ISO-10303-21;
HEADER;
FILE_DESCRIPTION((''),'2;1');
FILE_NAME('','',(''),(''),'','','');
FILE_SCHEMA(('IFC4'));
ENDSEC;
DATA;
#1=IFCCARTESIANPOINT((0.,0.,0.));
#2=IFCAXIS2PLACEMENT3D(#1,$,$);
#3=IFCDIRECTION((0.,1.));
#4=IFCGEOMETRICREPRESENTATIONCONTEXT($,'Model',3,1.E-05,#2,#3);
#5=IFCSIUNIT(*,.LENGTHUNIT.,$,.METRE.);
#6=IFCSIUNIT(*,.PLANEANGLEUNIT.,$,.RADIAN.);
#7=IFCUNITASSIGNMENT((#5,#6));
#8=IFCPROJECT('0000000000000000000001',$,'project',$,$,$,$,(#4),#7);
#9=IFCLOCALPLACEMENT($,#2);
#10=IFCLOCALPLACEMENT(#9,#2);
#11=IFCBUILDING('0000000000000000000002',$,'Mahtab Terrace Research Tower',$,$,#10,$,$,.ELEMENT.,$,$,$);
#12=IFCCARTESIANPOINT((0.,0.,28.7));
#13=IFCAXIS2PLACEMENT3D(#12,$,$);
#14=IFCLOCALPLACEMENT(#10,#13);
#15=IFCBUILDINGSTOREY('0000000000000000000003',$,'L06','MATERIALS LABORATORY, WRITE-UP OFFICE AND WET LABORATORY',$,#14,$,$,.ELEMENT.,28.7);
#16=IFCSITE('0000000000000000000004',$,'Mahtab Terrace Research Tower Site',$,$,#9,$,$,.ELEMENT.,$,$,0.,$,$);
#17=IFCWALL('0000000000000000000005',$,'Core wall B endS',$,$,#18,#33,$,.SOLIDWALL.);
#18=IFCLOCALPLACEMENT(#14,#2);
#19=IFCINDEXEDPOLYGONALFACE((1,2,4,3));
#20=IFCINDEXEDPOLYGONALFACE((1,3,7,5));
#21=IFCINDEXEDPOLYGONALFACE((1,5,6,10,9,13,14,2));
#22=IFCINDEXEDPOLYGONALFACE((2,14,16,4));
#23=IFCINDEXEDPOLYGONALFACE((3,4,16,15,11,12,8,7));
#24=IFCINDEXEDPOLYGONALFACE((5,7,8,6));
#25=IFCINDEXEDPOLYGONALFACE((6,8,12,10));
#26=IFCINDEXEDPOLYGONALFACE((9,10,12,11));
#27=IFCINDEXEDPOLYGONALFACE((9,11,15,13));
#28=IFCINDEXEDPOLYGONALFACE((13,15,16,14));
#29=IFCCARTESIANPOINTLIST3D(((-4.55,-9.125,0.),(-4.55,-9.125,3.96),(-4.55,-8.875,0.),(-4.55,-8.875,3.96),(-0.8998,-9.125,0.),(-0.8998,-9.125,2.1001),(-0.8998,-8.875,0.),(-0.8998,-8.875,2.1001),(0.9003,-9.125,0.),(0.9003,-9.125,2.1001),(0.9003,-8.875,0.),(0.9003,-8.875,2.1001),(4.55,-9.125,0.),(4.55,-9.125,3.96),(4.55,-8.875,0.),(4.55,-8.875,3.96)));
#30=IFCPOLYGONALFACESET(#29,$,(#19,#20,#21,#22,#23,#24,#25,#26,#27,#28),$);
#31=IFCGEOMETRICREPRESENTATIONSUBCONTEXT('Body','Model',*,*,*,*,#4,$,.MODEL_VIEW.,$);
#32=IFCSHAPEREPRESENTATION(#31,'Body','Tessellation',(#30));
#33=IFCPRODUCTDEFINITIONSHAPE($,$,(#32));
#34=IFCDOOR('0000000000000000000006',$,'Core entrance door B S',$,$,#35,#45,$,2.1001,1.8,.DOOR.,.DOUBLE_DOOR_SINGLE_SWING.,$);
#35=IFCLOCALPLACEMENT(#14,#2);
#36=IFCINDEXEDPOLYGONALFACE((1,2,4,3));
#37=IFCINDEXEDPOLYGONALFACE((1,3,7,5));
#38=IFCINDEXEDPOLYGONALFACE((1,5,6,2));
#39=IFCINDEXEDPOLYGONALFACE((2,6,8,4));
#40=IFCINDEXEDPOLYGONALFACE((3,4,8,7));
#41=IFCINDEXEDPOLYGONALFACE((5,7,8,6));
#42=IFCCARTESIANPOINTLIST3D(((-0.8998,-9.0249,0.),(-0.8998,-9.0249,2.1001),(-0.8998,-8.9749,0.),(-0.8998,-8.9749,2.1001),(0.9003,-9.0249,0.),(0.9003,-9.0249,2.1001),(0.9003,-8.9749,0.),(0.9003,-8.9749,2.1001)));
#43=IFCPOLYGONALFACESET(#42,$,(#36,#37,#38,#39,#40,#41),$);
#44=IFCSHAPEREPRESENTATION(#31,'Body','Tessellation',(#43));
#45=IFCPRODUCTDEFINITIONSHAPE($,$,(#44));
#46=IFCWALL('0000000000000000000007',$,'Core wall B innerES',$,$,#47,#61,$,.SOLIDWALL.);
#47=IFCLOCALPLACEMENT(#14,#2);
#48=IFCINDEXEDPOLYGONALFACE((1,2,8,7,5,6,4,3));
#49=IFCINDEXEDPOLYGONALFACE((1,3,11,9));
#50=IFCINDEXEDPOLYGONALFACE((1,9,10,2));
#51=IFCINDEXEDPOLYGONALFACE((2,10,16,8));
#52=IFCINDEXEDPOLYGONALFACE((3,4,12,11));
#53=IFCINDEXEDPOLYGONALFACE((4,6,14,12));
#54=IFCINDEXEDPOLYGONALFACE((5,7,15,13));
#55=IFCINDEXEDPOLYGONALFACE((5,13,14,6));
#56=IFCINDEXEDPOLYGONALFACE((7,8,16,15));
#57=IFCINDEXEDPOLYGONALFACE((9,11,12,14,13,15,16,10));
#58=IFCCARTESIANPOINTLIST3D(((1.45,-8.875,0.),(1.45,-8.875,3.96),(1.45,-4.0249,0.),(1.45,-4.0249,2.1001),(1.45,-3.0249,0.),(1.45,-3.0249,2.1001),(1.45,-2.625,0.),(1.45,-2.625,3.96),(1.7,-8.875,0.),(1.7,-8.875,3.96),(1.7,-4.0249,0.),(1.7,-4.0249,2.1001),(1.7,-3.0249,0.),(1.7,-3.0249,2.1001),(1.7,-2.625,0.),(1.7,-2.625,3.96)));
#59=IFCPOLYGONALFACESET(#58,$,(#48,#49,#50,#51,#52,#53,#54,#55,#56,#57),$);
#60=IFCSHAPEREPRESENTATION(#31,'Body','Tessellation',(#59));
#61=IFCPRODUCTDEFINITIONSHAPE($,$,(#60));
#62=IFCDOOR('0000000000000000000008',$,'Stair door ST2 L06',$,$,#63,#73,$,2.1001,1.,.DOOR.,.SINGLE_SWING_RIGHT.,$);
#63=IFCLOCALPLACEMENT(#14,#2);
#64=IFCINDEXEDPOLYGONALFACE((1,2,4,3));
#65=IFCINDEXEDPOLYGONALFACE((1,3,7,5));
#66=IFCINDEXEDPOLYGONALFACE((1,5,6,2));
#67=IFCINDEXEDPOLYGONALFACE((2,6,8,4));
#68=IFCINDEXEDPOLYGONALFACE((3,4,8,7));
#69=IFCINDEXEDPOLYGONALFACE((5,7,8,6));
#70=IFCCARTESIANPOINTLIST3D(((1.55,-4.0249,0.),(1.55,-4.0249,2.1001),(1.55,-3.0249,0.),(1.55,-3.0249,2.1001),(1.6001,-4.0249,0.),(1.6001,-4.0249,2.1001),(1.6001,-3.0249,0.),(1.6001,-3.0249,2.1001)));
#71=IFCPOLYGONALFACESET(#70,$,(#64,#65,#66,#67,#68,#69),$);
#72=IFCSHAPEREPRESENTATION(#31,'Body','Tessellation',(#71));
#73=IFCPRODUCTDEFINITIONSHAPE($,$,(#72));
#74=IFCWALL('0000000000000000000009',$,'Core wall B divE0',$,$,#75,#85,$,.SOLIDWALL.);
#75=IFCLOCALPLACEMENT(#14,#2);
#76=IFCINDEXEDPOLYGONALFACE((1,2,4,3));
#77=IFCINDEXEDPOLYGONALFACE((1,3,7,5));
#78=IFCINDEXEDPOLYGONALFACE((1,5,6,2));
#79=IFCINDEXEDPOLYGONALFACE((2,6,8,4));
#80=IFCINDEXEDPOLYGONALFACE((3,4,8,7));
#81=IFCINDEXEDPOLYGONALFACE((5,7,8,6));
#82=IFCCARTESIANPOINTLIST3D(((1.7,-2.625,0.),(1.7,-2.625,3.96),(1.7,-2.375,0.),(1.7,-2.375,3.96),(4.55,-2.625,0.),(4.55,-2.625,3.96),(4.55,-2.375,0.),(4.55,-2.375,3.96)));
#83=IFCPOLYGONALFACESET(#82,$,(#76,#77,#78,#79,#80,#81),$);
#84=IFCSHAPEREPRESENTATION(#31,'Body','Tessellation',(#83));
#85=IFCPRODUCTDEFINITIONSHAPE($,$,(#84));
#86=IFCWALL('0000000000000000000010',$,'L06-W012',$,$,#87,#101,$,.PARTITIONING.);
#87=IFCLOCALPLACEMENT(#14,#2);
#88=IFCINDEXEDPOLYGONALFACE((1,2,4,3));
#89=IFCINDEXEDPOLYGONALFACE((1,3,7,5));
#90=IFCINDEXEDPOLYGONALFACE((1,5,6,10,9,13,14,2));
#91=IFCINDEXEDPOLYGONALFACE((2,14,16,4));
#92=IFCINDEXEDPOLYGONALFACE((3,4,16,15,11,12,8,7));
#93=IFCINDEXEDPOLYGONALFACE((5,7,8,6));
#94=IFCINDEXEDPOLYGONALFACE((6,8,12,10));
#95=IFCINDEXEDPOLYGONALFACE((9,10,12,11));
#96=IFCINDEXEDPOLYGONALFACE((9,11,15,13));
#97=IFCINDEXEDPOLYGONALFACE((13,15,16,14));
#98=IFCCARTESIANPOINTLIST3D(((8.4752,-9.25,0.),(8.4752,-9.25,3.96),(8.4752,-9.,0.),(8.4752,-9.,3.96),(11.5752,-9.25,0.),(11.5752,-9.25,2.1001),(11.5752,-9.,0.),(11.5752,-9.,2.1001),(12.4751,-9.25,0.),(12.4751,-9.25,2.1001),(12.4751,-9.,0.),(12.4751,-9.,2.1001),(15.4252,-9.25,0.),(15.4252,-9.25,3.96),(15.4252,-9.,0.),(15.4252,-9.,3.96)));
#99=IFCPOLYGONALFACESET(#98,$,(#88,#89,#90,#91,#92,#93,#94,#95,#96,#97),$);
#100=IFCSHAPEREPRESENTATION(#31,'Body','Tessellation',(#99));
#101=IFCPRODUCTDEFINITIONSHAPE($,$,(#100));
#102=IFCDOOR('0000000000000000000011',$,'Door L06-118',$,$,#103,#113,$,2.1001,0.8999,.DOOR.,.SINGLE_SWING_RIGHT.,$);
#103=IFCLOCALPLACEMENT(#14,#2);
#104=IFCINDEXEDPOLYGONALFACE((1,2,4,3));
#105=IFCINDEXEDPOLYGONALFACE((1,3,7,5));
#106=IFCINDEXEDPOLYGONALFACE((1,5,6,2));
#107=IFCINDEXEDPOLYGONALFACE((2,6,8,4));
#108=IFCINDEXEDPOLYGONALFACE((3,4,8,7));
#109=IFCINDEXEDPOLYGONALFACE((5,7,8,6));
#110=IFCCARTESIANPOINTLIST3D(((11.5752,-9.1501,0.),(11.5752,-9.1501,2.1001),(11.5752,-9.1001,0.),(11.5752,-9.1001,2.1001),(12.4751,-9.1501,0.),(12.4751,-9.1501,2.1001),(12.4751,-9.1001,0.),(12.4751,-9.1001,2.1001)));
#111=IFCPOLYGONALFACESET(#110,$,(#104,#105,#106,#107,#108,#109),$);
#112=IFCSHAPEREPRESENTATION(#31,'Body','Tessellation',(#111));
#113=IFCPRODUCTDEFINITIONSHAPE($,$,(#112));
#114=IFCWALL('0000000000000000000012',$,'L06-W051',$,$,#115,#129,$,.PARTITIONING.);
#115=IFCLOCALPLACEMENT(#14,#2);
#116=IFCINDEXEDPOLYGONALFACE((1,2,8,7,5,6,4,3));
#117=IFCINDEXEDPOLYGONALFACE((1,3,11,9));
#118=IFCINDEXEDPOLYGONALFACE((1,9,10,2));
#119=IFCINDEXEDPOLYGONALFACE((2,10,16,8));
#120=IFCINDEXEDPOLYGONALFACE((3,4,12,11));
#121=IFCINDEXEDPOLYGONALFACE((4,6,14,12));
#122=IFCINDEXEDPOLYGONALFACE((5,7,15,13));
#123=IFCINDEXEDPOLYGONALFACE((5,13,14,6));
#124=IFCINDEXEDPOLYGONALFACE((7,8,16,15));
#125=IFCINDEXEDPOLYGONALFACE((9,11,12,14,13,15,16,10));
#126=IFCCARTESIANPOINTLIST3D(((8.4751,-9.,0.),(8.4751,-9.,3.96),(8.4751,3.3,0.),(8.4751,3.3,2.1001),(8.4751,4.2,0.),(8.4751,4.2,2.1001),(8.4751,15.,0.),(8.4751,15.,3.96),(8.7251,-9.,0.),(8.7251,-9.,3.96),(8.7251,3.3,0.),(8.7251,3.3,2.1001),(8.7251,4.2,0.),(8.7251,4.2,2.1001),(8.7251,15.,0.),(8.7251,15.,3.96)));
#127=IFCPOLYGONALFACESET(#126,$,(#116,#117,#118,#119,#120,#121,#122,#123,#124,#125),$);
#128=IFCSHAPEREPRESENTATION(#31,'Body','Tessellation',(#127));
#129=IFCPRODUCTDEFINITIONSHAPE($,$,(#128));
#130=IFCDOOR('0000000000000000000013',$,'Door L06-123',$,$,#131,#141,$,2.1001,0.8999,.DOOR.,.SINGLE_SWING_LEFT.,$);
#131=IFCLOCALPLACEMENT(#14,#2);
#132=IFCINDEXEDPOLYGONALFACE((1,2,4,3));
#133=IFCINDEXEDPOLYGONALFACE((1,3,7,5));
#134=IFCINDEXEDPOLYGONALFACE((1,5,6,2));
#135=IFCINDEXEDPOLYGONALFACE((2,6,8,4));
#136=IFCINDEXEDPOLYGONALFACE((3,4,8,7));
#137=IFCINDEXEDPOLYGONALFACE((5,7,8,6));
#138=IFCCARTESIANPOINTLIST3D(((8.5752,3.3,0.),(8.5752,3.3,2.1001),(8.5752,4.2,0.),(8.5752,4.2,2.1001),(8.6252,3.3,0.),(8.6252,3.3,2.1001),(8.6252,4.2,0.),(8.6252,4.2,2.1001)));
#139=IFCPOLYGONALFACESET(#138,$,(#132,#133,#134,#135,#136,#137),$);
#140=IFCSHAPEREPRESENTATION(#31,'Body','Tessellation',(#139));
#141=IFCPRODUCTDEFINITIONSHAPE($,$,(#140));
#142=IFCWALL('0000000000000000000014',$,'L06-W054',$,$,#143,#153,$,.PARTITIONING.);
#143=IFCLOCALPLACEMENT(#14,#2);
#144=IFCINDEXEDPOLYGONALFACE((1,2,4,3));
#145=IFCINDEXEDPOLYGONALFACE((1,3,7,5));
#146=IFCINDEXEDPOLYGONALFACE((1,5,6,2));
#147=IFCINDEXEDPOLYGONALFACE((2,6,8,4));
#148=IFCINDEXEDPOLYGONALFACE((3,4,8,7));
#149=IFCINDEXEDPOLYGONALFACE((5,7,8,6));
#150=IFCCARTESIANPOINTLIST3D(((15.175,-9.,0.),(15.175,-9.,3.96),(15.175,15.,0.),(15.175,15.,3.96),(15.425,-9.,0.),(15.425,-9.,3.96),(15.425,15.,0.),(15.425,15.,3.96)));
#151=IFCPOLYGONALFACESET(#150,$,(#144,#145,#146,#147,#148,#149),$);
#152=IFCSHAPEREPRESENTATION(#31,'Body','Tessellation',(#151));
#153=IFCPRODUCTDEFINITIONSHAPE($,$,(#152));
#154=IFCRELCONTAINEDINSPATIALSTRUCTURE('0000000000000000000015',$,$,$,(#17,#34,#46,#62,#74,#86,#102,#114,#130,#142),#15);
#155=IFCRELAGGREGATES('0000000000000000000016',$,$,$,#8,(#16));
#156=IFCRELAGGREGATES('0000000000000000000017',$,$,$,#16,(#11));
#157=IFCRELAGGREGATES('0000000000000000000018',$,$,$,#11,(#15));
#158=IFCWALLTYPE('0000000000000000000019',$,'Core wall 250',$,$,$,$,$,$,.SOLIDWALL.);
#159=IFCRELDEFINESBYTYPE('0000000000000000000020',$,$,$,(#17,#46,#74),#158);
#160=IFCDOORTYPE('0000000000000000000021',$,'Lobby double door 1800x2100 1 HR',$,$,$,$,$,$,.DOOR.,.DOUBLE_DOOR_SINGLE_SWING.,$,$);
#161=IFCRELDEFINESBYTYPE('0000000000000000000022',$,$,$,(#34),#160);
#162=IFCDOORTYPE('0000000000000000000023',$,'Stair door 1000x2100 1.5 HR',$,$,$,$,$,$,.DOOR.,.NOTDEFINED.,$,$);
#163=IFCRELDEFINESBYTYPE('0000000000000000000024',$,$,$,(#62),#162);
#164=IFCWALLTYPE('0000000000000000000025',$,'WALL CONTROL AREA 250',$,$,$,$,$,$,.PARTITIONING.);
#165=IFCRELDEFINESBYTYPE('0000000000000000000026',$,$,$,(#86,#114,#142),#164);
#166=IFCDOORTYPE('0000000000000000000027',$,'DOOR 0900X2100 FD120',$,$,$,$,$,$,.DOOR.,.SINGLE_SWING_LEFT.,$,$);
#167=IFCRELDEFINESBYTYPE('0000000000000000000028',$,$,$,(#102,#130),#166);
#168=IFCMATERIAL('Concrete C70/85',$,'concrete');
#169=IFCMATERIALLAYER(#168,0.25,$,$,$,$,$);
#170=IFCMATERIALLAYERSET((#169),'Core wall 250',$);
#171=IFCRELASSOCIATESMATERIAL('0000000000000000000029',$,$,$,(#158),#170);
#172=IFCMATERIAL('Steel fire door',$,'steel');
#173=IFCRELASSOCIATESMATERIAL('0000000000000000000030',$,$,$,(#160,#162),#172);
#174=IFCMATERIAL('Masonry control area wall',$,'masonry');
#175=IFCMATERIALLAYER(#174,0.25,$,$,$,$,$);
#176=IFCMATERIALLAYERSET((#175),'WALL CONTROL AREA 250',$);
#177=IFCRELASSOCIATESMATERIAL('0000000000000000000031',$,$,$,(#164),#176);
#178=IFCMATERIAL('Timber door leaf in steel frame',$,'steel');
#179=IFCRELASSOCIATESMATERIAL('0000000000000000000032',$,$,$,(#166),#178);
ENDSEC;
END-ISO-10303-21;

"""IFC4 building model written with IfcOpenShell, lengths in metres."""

from ifc_helpers import new_model, si_unit, direction, frame, frame_2d, origin, place, context, subcontext, project, spatial, rectangle, extrude, material, layer, layer_set, type_object, element, fill, save


model = new_model("IFC4")

# Units and contexts
model_context = context("Model", 3, precision=1e-05, world=origin(), true_north=direction((0.0, 1.0)))
body_context = subcontext(model_context, "Body", "Model", "MODEL_VIEW")
ifc_project = project(units=[si_unit("LENGTHUNIT", "METRE"), si_unit("PLANEANGLEUNIT", "RADIAN")], contexts=[model_context])

# Site, building, storey
site_placement = place(None, origin())
site = spatial("IfcSite", under=ifc_project, at=site_placement, Name="Mahtab Terrace Research Tower Site", CompositionType="ELEMENT", RefElevation=0.0)
building_placement = place(site_placement, origin())
building = spatial("IfcBuilding", under=site, at=building_placement, Name="Mahtab Terrace Research Tower", CompositionType="ELEMENT")
storey_placement = place(building_placement, frame((0.0, 0.0, 28.7)))
storey = spatial("IfcBuildingStorey", under=building, at=storey_placement, Name="L06", Description="MATERIALS LABORATORY, WRITE-UP OFFICE AND WET LABORATORY", CompositionType="ELEMENT", Elevation=28.7)

# Shared definitions
ifc_material_1 = material(Name="Concrete C70/85", Category="concrete")

# Shared definitions
ifc_layer_1 = layer(ifc_material_1, 0.25)
ifc_layer_set_1 = layer_set([ifc_layer_1], Name="Core wall 250")
wall_type_1 = type_object("IfcWallType", Name="Core wall 250", PredefinedType="SOLIDWALL", material=ifc_layer_set_1)

# Walls, openings, doors
wall_1_placement = place(storey_placement, frame((4.55, -9.0, 0.0), z_axis=(0.0, 0.0, 1.0), x_axis=(-1.0, 0.0, 0.0)))
wall_1 = element("IfcWall", 1, at=wall_1_placement, inside=storey, type_object=wall_type_1, Name="Core wall B endS", PredefinedType="SOLIDWALL", context=body_context, shape_type="SweptSolid", body=[
    extrude(rectangle(XDim=9.1001, YDim=0.25, at=frame_2d((4.55, 0.0))), origin(), (0.0, 0.0, 1.0), 3.96),
])
opening_1_placement = place(wall_1_placement, frame((3.6499, 0.0, 0.0)))
opening_1 = element("IfcOpeningElement", 2, at=opening_1_placement, cuts=wall_1, PredefinedType="OPENING", context=body_context, shape_type="SweptSolid", body=[
    extrude(rectangle(XDim=1.8, YDim=2.1001, at=frame_2d((0.8999, 1.05))), frame((0.0, 0.135, 0.0), z_axis=(0.0, -1.0, 0.0), x_axis=(1.0, 0.0, 0.0)), (0.0, 0.0, 1.0), 0.27),
])
ifc_material_2 = material(Name="Steel fire door", Category="steel")
door_type_1 = type_object("IfcDoorType", Name="Lobby double door 1800x2100 1 HR", OperationType="DOUBLE_DOOR_SINGLE_SWING", PredefinedType="DOOR", material=ifc_material_2)
door_1_placement = place(opening_1_placement, origin())
door_1 = element("IfcDoor", 3, at=door_1_placement, inside=storey, type_object=door_type_1, Name="Core entrance door B S", OperationType="DOUBLE_DOOR_SINGLE_SWING", OverallHeight=2.1001, OverallWidth=1.8, PredefinedType="DOOR", context=body_context, shape_type="SweptSolid", body=[
    extrude(rectangle(XDim=1.8, YDim=2.1001, at=frame_2d((0.8999, 1.05))), frame((0.0, 0.0249, 0.0), z_axis=(0.0, -1.0, 0.0), x_axis=(1.0, 0.0, 0.0)), (0.0, 0.0, 1.0), 0.05),
])
fill(opening_1, door_1)
wall_2_placement = place(storey_placement, frame((1.575, -8.875, 0.0), z_axis=(0.0, 0.0, 1.0), x_axis=(0.0, 1.0, 0.0)))
wall_2 = element("IfcWall", 4, at=wall_2_placement, inside=storey, type_object=wall_type_1, Name="Core wall B innerES", PredefinedType="SOLIDWALL", context=body_context, shape_type="SweptSolid", body=[
    extrude(rectangle(XDim=6.25, YDim=0.25, at=frame_2d((3.125, 0.0))), origin(), (0.0, 0.0, 1.0), 3.96),
])
opening_2_placement = place(wall_2_placement, frame((4.8501, 0.0, 0.0)))
opening_2 = element("IfcOpeningElement", 5, at=opening_2_placement, cuts=wall_2, PredefinedType="OPENING", context=body_context, shape_type="SweptSolid", body=[
    extrude(rectangle(XDim=1.0, YDim=2.1001, at=frame_2d((0.5, 1.05))), frame((0.0, 0.135, 0.0), z_axis=(0.0, -1.0, 0.0), x_axis=(1.0, 0.0, 0.0)), (0.0, 0.0, 1.0), 0.27),
])
door_type_2 = type_object("IfcDoorType", Name="Stair door 1000x2100 1.5 HR", OperationType="NOTDEFINED", PredefinedType="DOOR", material=ifc_material_2)
door_2_placement = place(opening_2_placement, origin())
door_2 = element("IfcDoor", 6, at=door_2_placement, inside=storey, type_object=door_type_2, Name="Stair door ST2 L06", OperationType="SINGLE_SWING_RIGHT", OverallHeight=2.1001, OverallWidth=1.0, PredefinedType="DOOR", context=body_context, shape_type="SweptSolid", body=[
    extrude(rectangle(XDim=1.0, YDim=2.1001, at=frame_2d((0.5, 1.05))), frame((0.0, 0.0249, 0.0), z_axis=(0.0, -1.0, 0.0), x_axis=(1.0, 0.0, 0.0)), (0.0, 0.0, 1.0), 0.05),
])
fill(opening_2, door_2)

# Wall
wall_3_placement = place(storey_placement, frame((1.7, -2.5, 0.0), z_axis=(0.0, 0.0, 1.0), x_axis=(1.0, 0.0, 0.0)))
element("IfcWall", 7, at=wall_3_placement, inside=storey, type_object=wall_type_1, Name="Core wall B divE0", PredefinedType="SOLIDWALL", context=body_context, shape_type="SweptSolid", body=[
    extrude(rectangle(XDim=2.8501, YDim=0.25, at=frame_2d((1.425, 0.0))), origin(), (0.0, 0.0, 1.0), 3.96),
])

# Walls, openings, doors
ifc_material_3 = material(Name="Masonry control area wall", Category="masonry")
ifc_layer_2 = layer(ifc_material_3, 0.25)
ifc_layer_set_2 = layer_set([ifc_layer_2], Name="WALL CONTROL AREA 250")
wall_type_2 = type_object("IfcWallType", Name="WALL CONTROL AREA 250", PredefinedType="PARTITIONING", material=ifc_layer_set_2)
wall_4_placement = place(storey_placement, frame((8.4751, -9.125, 0.0), z_axis=(0.0, 0.0, 1.0), x_axis=(1.0, 0.0, 0.0)))
wall_4 = element("IfcWall", 8, at=wall_4_placement, inside=storey, type_object=wall_type_2, Name="L06-W012", PredefinedType="PARTITIONING", context=body_context, shape_type="SweptSolid", body=[
    extrude(rectangle(XDim=6.95, YDim=0.25, at=frame_2d((3.4751, 0.0))), origin(), (0.0, 0.0, 1.0), 3.96),
])
opening_3_placement = place(wall_4_placement, frame((3.1001, 0.0, 0.0)))
opening_3 = element("IfcOpeningElement", 9, at=opening_3_placement, cuts=wall_4, PredefinedType="OPENING", context=body_context, shape_type="SweptSolid", body=[
    extrude(rectangle(XDim=0.8999, YDim=2.1001, at=frame_2d((0.45, 1.05))), frame((0.0, 0.135, 0.0), z_axis=(0.0, -1.0, 0.0), x_axis=(1.0, 0.0, 0.0)), (0.0, 0.0, 1.0), 0.27),
])
ifc_material_4 = material(Name="Timber door leaf in steel frame", Category="steel")
door_type_3 = type_object("IfcDoorType", Name="DOOR 0900X2100 FD120", OperationType="SINGLE_SWING_LEFT", PredefinedType="DOOR", material=ifc_material_4)
door_3_placement = place(opening_3_placement, origin())
door_3 = element("IfcDoor", 10, at=door_3_placement, inside=storey, type_object=door_type_3, Name="Door L06-118", OperationType="SINGLE_SWING_RIGHT", OverallHeight=2.1001, OverallWidth=0.8999, PredefinedType="DOOR", context=body_context, shape_type="SweptSolid", body=[
    extrude(rectangle(XDim=0.8999, YDim=2.1001, at=frame_2d((0.45, 1.05))), frame((0.0, 0.0249, 0.0), z_axis=(0.0, -1.0, 0.0), x_axis=(1.0, 0.0, 0.0)), (0.0, 0.0, 1.0), 0.05),
])
fill(opening_3, door_3)
wall_5_placement = place(storey_placement, frame((8.6001, -9.0, 0.0), z_axis=(0.0, 0.0, 1.0), x_axis=(0.0, 1.0, 0.0)))
wall_5 = element("IfcWall", 11, at=wall_5_placement, inside=storey, type_object=wall_type_2, Name="L06-W051", PredefinedType="PARTITIONING", context=body_context, shape_type="SweptSolid", body=[
    extrude(rectangle(XDim=24.0, YDim=0.25, at=frame_2d((12.0, 0.0))), origin(), (0.0, 0.0, 1.0), 3.96),
])
opening_4_placement = place(wall_5_placement, frame((12.3, 0.0, 0.0)))
opening_4 = element("IfcOpeningElement", 12, at=opening_4_placement, cuts=wall_5, PredefinedType="OPENING", context=body_context, shape_type="SweptSolid", body=[
    extrude(rectangle(XDim=0.8999, YDim=2.1001, at=frame_2d((0.45, 1.05))), frame((0.0, 0.135, 0.0), z_axis=(0.0, -1.0, 0.0), x_axis=(1.0, 0.0, 0.0)), (0.0, 0.0, 1.0), 0.27),
])
door_4_placement = place(opening_4_placement, origin())
door_4 = element("IfcDoor", 13, at=door_4_placement, inside=storey, type_object=door_type_3, Name="Door L06-123", OperationType="SINGLE_SWING_LEFT", OverallHeight=2.1001, OverallWidth=0.8999, PredefinedType="DOOR", context=body_context, shape_type="SweptSolid", body=[
    extrude(rectangle(XDim=0.8999, YDim=2.1001, at=frame_2d((0.45, 1.05))), frame((0.0, 0.0249, 0.0), z_axis=(0.0, -1.0, 0.0), x_axis=(1.0, 0.0, 0.0)), (0.0, 0.0, 1.0), 0.05),
])
fill(opening_4, door_4)

# Wall
wall_6_placement = place(storey_placement, frame((15.3, -9.0, 0.0), z_axis=(0.0, 0.0, 1.0), x_axis=(0.0, 1.0, 0.0)))
element("IfcWall", 14, at=wall_6_placement, inside=storey, type_object=wall_type_2, Name="L06-W054", PredefinedType="PARTITIONING", context=body_context, shape_type="SweptSolid", body=[
    extrude(rectangle(XDim=24.0, YDim=0.25, at=frame_2d((12.0, 0.0))), origin(), (0.0, 0.0, 1.0), 3.96),
])

save(model, "model.ifc")
